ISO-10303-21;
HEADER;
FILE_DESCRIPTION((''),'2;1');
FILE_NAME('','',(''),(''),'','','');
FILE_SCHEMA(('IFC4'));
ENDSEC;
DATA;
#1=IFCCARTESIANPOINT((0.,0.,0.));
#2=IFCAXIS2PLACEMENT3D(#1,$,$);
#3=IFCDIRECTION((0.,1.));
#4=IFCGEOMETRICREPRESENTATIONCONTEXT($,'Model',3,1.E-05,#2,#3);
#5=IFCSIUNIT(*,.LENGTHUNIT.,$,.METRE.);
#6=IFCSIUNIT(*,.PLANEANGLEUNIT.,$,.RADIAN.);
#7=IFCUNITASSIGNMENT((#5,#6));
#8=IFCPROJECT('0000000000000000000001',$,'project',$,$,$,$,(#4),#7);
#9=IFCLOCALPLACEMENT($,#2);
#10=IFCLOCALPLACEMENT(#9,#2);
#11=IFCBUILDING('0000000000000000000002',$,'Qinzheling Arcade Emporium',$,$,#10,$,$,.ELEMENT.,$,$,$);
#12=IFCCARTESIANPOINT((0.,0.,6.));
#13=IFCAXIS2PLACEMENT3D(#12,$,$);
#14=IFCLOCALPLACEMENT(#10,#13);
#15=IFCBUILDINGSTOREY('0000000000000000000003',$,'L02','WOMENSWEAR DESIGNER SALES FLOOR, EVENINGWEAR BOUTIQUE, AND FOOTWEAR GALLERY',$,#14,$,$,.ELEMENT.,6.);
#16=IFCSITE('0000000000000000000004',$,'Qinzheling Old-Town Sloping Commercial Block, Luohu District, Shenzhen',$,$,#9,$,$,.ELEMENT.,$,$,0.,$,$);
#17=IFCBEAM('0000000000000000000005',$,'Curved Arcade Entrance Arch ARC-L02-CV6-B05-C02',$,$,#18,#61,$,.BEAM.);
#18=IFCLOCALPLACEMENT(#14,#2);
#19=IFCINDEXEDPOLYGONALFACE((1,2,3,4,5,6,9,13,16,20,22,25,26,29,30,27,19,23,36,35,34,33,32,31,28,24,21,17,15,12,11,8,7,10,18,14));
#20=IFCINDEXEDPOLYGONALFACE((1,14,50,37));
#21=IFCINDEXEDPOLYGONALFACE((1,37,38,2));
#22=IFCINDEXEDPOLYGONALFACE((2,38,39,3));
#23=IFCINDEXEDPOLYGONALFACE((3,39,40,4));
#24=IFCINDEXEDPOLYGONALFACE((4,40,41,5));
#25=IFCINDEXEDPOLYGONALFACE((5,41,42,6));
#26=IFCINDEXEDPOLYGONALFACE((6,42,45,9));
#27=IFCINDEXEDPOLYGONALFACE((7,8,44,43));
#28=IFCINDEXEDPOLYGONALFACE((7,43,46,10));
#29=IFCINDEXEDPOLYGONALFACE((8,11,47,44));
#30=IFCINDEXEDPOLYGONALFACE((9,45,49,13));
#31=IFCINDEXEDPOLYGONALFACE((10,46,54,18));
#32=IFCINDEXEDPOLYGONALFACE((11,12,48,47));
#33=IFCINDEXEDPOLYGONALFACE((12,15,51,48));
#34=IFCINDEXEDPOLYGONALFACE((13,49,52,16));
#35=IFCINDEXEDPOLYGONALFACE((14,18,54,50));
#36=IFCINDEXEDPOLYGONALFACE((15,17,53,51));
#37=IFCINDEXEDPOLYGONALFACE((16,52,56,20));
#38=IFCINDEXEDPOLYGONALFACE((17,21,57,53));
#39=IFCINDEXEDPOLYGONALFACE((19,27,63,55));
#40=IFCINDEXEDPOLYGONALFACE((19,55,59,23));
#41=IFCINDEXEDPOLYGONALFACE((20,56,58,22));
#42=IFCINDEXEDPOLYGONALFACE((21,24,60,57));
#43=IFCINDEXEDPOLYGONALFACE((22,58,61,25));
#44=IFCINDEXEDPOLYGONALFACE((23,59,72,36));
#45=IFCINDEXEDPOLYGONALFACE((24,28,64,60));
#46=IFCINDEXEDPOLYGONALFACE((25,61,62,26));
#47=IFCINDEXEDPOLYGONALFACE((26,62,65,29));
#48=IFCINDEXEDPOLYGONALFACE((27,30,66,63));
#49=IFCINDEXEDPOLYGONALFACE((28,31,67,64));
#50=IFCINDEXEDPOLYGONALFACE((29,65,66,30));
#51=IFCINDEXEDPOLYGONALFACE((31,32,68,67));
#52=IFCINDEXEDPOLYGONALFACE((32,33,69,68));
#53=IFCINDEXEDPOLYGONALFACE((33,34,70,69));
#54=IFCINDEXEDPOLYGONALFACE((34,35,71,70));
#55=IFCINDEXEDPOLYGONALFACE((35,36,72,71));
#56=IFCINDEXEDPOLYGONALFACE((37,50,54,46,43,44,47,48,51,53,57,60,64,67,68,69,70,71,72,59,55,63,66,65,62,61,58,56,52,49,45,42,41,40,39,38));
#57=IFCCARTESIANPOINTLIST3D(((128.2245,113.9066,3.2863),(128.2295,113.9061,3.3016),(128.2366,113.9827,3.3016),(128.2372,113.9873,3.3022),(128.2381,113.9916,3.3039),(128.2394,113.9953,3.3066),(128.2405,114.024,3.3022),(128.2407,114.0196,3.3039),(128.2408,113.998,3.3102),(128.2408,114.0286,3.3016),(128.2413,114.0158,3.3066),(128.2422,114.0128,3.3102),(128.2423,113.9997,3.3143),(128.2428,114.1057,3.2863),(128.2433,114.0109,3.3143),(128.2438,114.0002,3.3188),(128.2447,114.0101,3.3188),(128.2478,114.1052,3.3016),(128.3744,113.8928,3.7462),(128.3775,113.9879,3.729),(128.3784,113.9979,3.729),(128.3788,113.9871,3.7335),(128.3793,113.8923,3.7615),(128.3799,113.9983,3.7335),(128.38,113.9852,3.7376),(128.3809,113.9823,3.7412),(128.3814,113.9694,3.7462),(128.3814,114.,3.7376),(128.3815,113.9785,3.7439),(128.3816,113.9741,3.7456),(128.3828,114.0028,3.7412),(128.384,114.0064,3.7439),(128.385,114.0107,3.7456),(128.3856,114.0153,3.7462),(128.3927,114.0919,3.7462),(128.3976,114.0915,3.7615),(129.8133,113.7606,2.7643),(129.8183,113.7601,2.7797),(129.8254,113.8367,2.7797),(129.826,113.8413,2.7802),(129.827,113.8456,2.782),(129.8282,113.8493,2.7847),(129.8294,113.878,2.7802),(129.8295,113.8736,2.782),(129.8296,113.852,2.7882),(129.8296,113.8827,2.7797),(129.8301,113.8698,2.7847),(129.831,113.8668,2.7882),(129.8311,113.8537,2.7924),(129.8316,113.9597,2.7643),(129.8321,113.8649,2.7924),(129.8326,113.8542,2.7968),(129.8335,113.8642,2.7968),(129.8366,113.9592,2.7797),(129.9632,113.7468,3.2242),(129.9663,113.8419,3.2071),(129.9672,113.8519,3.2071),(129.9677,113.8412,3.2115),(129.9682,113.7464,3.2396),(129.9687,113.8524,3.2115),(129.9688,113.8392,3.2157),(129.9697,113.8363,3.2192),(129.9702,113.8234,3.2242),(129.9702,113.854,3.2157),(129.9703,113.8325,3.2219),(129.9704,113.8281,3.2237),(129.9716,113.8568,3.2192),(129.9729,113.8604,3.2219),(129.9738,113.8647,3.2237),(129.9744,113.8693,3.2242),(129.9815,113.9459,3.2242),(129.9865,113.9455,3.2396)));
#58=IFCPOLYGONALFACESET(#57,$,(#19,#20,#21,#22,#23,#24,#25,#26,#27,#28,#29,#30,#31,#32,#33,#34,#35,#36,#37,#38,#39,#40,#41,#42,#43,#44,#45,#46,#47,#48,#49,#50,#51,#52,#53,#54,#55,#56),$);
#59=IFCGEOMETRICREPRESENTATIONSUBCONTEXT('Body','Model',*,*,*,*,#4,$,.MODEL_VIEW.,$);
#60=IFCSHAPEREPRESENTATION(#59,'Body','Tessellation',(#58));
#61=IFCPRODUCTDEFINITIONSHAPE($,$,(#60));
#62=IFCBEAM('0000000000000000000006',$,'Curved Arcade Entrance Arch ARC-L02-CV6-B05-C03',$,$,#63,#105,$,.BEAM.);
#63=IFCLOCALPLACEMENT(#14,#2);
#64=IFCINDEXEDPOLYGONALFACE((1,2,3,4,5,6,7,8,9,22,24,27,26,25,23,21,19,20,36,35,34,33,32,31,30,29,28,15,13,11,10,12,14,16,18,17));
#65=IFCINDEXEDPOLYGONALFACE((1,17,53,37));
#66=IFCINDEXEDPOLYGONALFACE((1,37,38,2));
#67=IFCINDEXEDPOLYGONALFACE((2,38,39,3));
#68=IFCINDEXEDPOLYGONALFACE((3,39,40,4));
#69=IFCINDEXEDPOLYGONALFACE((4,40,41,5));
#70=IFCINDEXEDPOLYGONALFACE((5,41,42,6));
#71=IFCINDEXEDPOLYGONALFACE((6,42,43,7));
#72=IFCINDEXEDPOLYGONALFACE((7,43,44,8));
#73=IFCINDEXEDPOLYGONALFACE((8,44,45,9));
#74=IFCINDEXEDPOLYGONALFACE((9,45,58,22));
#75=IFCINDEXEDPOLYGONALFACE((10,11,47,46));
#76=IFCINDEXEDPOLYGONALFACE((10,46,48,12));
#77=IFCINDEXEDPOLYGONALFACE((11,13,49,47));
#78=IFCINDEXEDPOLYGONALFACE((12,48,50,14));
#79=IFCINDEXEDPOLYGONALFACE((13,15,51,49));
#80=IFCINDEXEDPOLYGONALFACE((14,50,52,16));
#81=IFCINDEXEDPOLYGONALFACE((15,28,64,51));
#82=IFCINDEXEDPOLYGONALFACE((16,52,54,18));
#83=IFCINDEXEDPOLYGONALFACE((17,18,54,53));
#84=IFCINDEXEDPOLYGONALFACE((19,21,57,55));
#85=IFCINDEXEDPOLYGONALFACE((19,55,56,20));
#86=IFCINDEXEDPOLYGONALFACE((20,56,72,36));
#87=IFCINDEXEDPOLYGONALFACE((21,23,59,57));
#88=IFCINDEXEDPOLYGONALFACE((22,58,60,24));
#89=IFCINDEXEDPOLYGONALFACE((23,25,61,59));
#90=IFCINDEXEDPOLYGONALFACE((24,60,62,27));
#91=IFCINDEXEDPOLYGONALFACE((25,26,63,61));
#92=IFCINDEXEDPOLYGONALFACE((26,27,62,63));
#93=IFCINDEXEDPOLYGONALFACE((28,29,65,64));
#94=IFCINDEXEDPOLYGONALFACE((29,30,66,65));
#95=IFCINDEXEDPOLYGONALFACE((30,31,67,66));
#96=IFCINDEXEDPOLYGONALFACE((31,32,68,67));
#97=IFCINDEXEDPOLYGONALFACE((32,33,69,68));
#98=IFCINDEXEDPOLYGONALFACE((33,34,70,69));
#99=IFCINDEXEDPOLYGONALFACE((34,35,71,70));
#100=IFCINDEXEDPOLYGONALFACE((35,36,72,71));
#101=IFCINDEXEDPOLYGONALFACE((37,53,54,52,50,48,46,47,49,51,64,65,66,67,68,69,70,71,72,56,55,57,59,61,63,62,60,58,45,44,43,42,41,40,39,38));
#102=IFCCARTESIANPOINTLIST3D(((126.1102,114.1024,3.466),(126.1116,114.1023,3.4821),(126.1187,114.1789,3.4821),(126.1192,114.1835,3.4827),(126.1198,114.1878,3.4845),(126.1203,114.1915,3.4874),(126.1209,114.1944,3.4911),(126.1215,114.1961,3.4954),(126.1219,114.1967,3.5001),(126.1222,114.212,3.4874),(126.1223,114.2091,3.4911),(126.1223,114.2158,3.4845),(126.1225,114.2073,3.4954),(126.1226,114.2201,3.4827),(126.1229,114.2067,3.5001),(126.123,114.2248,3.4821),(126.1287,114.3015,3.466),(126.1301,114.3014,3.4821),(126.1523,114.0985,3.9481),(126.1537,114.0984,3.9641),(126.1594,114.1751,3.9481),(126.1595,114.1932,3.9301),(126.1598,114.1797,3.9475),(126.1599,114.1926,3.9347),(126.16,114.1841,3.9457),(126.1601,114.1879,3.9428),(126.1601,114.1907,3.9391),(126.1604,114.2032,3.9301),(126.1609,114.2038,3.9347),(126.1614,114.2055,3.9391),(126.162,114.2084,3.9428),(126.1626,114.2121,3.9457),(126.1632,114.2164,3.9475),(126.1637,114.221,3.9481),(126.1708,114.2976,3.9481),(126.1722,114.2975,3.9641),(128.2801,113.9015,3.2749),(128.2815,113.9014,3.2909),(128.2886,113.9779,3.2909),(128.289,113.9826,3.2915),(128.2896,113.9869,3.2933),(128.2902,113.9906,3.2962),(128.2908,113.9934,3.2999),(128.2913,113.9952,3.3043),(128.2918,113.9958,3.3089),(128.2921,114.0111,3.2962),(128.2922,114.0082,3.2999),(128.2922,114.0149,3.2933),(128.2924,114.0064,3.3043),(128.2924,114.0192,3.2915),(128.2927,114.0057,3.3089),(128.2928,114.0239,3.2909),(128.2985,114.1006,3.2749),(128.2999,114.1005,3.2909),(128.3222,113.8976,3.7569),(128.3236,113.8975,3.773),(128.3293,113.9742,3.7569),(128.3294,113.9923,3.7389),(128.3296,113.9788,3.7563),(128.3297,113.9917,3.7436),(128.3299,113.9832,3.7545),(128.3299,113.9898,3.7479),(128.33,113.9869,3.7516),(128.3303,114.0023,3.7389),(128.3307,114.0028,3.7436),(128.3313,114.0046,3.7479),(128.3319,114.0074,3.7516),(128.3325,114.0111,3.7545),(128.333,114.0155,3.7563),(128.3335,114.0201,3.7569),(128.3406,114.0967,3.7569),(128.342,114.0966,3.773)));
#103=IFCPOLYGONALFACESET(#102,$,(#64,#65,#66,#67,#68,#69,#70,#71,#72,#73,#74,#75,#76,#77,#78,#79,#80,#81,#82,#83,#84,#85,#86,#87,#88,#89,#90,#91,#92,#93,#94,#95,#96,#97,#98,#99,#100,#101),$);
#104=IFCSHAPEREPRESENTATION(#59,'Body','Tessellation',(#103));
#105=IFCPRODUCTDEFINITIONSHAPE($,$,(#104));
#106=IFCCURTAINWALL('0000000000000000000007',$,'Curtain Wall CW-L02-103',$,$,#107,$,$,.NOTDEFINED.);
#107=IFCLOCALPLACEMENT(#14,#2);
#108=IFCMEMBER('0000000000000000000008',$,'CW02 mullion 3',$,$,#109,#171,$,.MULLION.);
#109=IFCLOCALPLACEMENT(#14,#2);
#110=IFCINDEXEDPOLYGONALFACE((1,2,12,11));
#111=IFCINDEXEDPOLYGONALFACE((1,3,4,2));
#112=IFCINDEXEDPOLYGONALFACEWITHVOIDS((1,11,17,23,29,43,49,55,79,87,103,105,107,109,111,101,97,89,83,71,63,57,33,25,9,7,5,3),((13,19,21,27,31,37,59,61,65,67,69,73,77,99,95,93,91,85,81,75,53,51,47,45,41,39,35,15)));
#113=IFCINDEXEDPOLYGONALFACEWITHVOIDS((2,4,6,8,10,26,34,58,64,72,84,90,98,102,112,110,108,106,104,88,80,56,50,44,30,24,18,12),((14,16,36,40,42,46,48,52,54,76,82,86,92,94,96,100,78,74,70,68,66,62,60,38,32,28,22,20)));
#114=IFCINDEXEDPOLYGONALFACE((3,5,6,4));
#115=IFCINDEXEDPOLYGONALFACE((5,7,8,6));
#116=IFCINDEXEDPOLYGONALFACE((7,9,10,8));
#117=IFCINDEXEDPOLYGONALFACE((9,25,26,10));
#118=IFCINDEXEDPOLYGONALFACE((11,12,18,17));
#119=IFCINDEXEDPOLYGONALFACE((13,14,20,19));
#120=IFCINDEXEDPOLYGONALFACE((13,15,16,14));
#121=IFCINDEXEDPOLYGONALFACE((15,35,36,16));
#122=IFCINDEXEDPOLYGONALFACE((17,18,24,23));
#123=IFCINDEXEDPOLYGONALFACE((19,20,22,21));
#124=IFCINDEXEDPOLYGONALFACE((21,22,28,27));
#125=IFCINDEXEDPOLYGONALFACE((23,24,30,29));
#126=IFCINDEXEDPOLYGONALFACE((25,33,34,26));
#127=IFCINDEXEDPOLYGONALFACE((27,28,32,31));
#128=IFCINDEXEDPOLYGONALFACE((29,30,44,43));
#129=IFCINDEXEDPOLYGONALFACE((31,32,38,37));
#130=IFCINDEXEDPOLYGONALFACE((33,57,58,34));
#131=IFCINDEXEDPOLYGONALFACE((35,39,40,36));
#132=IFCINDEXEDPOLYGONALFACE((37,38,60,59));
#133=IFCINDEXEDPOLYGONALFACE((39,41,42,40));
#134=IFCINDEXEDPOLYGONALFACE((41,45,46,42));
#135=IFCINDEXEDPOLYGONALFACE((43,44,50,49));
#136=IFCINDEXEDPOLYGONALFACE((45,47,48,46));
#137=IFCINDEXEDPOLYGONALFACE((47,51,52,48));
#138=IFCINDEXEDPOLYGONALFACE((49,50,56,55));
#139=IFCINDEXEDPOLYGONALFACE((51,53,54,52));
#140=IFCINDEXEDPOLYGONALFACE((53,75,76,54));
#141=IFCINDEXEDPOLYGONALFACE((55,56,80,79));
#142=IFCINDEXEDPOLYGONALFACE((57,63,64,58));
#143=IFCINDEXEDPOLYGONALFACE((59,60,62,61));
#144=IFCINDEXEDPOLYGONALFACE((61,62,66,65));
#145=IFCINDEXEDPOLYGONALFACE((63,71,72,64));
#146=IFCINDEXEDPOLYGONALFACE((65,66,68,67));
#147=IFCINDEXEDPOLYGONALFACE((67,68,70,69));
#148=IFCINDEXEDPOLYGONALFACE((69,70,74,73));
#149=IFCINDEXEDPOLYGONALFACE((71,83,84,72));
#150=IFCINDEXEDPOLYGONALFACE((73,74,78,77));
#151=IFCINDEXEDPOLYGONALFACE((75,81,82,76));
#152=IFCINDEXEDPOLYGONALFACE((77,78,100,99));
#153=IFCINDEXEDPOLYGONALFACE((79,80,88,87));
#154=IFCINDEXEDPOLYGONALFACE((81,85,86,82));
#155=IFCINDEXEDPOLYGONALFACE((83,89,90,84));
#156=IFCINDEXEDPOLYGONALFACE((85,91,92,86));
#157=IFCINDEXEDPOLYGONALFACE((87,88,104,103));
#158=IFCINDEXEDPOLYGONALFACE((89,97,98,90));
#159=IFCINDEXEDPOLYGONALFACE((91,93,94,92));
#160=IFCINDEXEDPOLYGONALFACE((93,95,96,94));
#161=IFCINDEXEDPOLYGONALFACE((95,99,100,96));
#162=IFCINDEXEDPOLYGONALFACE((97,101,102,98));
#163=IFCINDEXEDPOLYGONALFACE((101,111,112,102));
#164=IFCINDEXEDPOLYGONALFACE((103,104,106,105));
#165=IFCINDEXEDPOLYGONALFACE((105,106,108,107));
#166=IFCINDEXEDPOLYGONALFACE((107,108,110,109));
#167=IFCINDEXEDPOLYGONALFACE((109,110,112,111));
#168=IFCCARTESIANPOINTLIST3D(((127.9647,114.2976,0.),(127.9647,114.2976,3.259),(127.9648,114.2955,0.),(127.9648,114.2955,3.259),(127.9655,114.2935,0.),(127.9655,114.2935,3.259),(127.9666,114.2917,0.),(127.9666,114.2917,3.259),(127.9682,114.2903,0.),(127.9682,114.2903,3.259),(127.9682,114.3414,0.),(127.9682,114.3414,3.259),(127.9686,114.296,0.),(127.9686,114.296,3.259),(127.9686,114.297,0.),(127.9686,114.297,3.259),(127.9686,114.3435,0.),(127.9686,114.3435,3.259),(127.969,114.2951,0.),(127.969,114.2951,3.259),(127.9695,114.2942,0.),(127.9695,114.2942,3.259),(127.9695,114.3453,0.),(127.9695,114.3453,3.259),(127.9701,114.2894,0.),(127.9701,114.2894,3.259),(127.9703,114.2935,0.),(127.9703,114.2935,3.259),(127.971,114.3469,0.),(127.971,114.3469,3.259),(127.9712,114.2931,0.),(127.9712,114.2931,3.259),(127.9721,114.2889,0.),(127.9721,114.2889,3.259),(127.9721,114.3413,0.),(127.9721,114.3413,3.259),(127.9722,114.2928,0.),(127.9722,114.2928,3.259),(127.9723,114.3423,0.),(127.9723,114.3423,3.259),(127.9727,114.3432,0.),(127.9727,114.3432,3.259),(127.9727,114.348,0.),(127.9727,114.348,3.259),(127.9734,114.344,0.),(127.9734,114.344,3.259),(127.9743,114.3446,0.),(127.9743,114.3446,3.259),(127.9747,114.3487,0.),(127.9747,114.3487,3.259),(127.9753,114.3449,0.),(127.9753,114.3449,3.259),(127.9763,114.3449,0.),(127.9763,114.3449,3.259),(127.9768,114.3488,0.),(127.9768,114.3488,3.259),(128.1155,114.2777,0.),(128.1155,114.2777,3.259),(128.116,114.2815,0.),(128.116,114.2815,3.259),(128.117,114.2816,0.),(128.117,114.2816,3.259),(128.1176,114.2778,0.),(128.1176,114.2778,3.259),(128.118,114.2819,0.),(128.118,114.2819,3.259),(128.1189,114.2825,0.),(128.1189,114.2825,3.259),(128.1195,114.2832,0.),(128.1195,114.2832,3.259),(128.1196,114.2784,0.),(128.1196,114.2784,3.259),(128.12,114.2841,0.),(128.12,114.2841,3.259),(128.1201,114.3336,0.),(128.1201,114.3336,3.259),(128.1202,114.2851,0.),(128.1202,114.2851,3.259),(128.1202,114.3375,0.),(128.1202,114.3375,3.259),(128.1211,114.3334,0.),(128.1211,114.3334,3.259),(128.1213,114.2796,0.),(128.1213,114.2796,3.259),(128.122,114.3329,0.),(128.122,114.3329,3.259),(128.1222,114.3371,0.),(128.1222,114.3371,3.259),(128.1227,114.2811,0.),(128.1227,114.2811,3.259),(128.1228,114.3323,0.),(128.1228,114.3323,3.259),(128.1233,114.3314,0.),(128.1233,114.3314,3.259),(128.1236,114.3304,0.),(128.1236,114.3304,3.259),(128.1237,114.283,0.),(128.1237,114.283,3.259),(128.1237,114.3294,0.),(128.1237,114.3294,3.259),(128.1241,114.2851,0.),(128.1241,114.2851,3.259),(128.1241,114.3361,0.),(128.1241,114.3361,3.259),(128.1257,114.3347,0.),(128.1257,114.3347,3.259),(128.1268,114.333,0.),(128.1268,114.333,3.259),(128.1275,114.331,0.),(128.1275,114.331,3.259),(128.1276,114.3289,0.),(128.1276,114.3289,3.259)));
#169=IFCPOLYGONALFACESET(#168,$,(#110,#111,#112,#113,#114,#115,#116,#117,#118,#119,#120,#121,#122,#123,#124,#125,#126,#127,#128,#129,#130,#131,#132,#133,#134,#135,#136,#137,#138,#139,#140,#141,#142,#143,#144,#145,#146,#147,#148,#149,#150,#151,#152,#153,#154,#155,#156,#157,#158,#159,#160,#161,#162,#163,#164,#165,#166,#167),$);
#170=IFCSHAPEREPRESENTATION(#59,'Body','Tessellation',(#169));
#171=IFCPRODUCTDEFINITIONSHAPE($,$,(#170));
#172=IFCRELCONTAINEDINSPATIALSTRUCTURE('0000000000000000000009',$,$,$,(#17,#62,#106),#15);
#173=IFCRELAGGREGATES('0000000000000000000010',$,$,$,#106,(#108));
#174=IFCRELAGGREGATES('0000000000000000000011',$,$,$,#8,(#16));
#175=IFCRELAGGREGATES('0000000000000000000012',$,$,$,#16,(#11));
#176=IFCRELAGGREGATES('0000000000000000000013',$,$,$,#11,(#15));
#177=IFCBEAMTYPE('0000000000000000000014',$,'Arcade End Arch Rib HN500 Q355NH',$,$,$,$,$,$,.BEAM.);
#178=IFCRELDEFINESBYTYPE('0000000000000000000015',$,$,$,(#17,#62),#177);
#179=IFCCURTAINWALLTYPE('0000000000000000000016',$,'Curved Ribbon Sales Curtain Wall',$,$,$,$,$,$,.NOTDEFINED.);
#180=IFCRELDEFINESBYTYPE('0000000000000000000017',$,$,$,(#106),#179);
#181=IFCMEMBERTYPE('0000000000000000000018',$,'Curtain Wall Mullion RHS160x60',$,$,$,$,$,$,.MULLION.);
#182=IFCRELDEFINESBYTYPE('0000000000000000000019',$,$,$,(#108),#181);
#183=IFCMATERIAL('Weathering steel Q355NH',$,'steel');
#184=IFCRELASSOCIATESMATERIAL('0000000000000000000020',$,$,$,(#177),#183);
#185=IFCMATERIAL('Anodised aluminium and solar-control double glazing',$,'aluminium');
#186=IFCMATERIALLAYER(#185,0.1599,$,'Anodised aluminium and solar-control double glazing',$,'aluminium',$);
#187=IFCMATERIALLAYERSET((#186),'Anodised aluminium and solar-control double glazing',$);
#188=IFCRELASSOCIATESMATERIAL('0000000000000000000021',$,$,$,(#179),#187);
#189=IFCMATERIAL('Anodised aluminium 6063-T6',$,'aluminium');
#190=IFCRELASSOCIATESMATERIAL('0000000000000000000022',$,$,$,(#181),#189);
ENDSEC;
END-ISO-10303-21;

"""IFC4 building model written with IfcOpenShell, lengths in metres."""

from ifc_helpers import new_model, si_unit, direction, frame, origin, origin_2d, place, context, subcontext, project, spatial, hollow_rectangle, i_section, extrude, material, layer, layer_set, material_profile, profile_set, type_object, element, aggregate, save


model = new_model("IFC4")

# Units and contexts
model_context = context("Model", 3, precision=1e-05, world=origin(), true_north=direction((0.0, 1.0)))
body_context = subcontext(model_context, "Body", "Model", "MODEL_VIEW")
ifc_project = project(units=[si_unit("LENGTHUNIT", "METRE"), si_unit("PLANEANGLEUNIT", "RADIAN")], contexts=[model_context])

# Site, building, storey
site_placement = place(None, origin())
site = spatial("IfcSite", under=ifc_project, at=site_placement, Name="Qinzheling Old-Town Sloping Commercial Block, Luohu District, Shenzhen", CompositionType="ELEMENT", RefElevation=0.0)
building_placement = place(site_placement, origin())
building = spatial("IfcBuilding", under=site, at=building_placement, Name="Qinzheling Arcade Emporium", CompositionType="ELEMENT")
storey_placement = place(building_placement, frame((0.0, 0.0, 6.0)))
storey = spatial("IfcBuildingStorey", under=building, at=storey_placement, Name="L02", Description="WOMENSWEAR DESIGNER SALES FLOOR, EVENINGWEAR BOUTIQUE, AND FOOTWEAR GALLERY", CompositionType="ELEMENT", Elevation=6.0)

# Beams
ifc_material_1 = material(Name="Weathering steel Q355NH", Category="steel")
ifc_material_profile_1 = material_profile(ifc_material_1, i_section(OverallWidth=0.2, OverallDepth=0.5, WebThickness=0.01, FlangeThickness=0.0161, FilletRadius=0.0181, at=origin_2d()), Name="HN 500x200x10x16", Category="steel")
ifc_profile_set_1 = profile_set([ifc_material_profile_1], Name="Weathering steel Q355NH")
beam_type_1 = type_object("IfcBeamType", Name="Arcade End Arch Rib HN500 Q355NH", PredefinedType="BEAM", material=ifc_profile_set_1)
beam_1_placement = place(storey_placement, frame((129.8999, 113.853, 3.002), z_axis=(-0.946447, 0.086966, 0.310926), x_axis=(-0.091501, -0.995805, 0.0)))
element("IfcBeam", 1, at=beam_1_placement, inside=storey, type_object=beam_type_1, Name="Curved Arcade Entrance Arch ARC-L02-CV6-B05-C02", PredefinedType="BEAM", context=body_context, shape_type="SweptSolid", body=[
    extrude(i_section(OverallWidth=0.2, OverallDepth=0.5, WebThickness=0.01, FlangeThickness=0.0161, FilletRadius=0.0181, at=origin_2d()), origin(), (0.0, 0.0, 1.0), 1.6787),
])
beam_2_placement = place(storey_placement, frame((128.311, 113.999, 3.5239), z_axis=(-0.991931, 0.09185, 0.087385), x_axis=(-0.092202, -0.99574, 0.0)))
element("IfcBeam", 2, at=beam_2_placement, inside=storey, type_object=beam_type_1, Name="Curved Arcade Entrance Arch ARC-L02-CV6-B05-C03", PredefinedType="BEAM", context=body_context, shape_type="SweptSolid", body=[
    extrude(i_section(OverallWidth=0.2, OverallDepth=0.5, WebThickness=0.01, FlangeThickness=0.0161, FilletRadius=0.0181, at=origin_2d()), origin(), (0.0, 0.0, 1.0), 2.1875),
])

# Curtain wall, member
ifc_material_2 = material(Name="Anodised aluminium and solar-control double glazing", Category="aluminium")
ifc_layer_1 = layer(ifc_material_2, 0.1599, Name="Anodised aluminium and solar-control double glazing", Category="aluminium")
ifc_layer_set_1 = layer_set([ifc_layer_1], Name="Anodised aluminium and solar-control double glazing")
curtain_wall_type = type_object("IfcCurtainWallType", Name="Curved Ribbon Sales Curtain Wall", PredefinedType="NOTDEFINED", material=ifc_layer_set_1)
curtain_wall_1_placement = place(storey_placement, origin())
curtain_wall_1 = element("IfcCurtainWall", 3, at=curtain_wall_1_placement, inside=storey, type_object=curtain_wall_type, Name="Curtain Wall CW-L02-103", PredefinedType="NOTDEFINED")
ifc_material_3 = material(Name="Anodised aluminium 6063-T6", Category="aluminium")
ifc_material_profile_2 = material_profile(ifc_material_3, hollow_rectangle(XDim=0.0601, YDim=0.1599, WallThickness=0.0039, InnerFilletRadius=0.0039, OuterFilletRadius=0.0081, at=origin_2d()), Name="RHS 160x60x4", Category="aluminium")
ifc_profile_set_2 = profile_set([ifc_material_profile_2], Name="Anodised aluminium 6063-T6")
member_type_1 = type_object("IfcMemberType", Name="Curtain Wall Mullion RHS160x60", PredefinedType="MULLION", material=ifc_profile_set_2)
member_1_placement = place(storey_placement, frame((128.0461, 114.3132, 0.0), z_axis=(0.0, 0.0, 1.0), x_axis=(0.078376, 0.996924, 0.0)))
member_1 = element("IfcMember", 4, at=member_1_placement, type_object=member_type_1, Name="CW02 mullion 3", PredefinedType="MULLION", context=body_context, shape_type="SweptSolid", body=[
    extrude(hollow_rectangle(XDim=0.0601, YDim=0.1599, WallThickness=0.0039, InnerFilletRadius=0.0039, OuterFilletRadius=0.0081, at=origin_2d()), origin(), (0.0, 0.0, 1.0), 3.259),
])

aggregate(curtain_wall_1, [member_1])

save(model, "model.ifc")
